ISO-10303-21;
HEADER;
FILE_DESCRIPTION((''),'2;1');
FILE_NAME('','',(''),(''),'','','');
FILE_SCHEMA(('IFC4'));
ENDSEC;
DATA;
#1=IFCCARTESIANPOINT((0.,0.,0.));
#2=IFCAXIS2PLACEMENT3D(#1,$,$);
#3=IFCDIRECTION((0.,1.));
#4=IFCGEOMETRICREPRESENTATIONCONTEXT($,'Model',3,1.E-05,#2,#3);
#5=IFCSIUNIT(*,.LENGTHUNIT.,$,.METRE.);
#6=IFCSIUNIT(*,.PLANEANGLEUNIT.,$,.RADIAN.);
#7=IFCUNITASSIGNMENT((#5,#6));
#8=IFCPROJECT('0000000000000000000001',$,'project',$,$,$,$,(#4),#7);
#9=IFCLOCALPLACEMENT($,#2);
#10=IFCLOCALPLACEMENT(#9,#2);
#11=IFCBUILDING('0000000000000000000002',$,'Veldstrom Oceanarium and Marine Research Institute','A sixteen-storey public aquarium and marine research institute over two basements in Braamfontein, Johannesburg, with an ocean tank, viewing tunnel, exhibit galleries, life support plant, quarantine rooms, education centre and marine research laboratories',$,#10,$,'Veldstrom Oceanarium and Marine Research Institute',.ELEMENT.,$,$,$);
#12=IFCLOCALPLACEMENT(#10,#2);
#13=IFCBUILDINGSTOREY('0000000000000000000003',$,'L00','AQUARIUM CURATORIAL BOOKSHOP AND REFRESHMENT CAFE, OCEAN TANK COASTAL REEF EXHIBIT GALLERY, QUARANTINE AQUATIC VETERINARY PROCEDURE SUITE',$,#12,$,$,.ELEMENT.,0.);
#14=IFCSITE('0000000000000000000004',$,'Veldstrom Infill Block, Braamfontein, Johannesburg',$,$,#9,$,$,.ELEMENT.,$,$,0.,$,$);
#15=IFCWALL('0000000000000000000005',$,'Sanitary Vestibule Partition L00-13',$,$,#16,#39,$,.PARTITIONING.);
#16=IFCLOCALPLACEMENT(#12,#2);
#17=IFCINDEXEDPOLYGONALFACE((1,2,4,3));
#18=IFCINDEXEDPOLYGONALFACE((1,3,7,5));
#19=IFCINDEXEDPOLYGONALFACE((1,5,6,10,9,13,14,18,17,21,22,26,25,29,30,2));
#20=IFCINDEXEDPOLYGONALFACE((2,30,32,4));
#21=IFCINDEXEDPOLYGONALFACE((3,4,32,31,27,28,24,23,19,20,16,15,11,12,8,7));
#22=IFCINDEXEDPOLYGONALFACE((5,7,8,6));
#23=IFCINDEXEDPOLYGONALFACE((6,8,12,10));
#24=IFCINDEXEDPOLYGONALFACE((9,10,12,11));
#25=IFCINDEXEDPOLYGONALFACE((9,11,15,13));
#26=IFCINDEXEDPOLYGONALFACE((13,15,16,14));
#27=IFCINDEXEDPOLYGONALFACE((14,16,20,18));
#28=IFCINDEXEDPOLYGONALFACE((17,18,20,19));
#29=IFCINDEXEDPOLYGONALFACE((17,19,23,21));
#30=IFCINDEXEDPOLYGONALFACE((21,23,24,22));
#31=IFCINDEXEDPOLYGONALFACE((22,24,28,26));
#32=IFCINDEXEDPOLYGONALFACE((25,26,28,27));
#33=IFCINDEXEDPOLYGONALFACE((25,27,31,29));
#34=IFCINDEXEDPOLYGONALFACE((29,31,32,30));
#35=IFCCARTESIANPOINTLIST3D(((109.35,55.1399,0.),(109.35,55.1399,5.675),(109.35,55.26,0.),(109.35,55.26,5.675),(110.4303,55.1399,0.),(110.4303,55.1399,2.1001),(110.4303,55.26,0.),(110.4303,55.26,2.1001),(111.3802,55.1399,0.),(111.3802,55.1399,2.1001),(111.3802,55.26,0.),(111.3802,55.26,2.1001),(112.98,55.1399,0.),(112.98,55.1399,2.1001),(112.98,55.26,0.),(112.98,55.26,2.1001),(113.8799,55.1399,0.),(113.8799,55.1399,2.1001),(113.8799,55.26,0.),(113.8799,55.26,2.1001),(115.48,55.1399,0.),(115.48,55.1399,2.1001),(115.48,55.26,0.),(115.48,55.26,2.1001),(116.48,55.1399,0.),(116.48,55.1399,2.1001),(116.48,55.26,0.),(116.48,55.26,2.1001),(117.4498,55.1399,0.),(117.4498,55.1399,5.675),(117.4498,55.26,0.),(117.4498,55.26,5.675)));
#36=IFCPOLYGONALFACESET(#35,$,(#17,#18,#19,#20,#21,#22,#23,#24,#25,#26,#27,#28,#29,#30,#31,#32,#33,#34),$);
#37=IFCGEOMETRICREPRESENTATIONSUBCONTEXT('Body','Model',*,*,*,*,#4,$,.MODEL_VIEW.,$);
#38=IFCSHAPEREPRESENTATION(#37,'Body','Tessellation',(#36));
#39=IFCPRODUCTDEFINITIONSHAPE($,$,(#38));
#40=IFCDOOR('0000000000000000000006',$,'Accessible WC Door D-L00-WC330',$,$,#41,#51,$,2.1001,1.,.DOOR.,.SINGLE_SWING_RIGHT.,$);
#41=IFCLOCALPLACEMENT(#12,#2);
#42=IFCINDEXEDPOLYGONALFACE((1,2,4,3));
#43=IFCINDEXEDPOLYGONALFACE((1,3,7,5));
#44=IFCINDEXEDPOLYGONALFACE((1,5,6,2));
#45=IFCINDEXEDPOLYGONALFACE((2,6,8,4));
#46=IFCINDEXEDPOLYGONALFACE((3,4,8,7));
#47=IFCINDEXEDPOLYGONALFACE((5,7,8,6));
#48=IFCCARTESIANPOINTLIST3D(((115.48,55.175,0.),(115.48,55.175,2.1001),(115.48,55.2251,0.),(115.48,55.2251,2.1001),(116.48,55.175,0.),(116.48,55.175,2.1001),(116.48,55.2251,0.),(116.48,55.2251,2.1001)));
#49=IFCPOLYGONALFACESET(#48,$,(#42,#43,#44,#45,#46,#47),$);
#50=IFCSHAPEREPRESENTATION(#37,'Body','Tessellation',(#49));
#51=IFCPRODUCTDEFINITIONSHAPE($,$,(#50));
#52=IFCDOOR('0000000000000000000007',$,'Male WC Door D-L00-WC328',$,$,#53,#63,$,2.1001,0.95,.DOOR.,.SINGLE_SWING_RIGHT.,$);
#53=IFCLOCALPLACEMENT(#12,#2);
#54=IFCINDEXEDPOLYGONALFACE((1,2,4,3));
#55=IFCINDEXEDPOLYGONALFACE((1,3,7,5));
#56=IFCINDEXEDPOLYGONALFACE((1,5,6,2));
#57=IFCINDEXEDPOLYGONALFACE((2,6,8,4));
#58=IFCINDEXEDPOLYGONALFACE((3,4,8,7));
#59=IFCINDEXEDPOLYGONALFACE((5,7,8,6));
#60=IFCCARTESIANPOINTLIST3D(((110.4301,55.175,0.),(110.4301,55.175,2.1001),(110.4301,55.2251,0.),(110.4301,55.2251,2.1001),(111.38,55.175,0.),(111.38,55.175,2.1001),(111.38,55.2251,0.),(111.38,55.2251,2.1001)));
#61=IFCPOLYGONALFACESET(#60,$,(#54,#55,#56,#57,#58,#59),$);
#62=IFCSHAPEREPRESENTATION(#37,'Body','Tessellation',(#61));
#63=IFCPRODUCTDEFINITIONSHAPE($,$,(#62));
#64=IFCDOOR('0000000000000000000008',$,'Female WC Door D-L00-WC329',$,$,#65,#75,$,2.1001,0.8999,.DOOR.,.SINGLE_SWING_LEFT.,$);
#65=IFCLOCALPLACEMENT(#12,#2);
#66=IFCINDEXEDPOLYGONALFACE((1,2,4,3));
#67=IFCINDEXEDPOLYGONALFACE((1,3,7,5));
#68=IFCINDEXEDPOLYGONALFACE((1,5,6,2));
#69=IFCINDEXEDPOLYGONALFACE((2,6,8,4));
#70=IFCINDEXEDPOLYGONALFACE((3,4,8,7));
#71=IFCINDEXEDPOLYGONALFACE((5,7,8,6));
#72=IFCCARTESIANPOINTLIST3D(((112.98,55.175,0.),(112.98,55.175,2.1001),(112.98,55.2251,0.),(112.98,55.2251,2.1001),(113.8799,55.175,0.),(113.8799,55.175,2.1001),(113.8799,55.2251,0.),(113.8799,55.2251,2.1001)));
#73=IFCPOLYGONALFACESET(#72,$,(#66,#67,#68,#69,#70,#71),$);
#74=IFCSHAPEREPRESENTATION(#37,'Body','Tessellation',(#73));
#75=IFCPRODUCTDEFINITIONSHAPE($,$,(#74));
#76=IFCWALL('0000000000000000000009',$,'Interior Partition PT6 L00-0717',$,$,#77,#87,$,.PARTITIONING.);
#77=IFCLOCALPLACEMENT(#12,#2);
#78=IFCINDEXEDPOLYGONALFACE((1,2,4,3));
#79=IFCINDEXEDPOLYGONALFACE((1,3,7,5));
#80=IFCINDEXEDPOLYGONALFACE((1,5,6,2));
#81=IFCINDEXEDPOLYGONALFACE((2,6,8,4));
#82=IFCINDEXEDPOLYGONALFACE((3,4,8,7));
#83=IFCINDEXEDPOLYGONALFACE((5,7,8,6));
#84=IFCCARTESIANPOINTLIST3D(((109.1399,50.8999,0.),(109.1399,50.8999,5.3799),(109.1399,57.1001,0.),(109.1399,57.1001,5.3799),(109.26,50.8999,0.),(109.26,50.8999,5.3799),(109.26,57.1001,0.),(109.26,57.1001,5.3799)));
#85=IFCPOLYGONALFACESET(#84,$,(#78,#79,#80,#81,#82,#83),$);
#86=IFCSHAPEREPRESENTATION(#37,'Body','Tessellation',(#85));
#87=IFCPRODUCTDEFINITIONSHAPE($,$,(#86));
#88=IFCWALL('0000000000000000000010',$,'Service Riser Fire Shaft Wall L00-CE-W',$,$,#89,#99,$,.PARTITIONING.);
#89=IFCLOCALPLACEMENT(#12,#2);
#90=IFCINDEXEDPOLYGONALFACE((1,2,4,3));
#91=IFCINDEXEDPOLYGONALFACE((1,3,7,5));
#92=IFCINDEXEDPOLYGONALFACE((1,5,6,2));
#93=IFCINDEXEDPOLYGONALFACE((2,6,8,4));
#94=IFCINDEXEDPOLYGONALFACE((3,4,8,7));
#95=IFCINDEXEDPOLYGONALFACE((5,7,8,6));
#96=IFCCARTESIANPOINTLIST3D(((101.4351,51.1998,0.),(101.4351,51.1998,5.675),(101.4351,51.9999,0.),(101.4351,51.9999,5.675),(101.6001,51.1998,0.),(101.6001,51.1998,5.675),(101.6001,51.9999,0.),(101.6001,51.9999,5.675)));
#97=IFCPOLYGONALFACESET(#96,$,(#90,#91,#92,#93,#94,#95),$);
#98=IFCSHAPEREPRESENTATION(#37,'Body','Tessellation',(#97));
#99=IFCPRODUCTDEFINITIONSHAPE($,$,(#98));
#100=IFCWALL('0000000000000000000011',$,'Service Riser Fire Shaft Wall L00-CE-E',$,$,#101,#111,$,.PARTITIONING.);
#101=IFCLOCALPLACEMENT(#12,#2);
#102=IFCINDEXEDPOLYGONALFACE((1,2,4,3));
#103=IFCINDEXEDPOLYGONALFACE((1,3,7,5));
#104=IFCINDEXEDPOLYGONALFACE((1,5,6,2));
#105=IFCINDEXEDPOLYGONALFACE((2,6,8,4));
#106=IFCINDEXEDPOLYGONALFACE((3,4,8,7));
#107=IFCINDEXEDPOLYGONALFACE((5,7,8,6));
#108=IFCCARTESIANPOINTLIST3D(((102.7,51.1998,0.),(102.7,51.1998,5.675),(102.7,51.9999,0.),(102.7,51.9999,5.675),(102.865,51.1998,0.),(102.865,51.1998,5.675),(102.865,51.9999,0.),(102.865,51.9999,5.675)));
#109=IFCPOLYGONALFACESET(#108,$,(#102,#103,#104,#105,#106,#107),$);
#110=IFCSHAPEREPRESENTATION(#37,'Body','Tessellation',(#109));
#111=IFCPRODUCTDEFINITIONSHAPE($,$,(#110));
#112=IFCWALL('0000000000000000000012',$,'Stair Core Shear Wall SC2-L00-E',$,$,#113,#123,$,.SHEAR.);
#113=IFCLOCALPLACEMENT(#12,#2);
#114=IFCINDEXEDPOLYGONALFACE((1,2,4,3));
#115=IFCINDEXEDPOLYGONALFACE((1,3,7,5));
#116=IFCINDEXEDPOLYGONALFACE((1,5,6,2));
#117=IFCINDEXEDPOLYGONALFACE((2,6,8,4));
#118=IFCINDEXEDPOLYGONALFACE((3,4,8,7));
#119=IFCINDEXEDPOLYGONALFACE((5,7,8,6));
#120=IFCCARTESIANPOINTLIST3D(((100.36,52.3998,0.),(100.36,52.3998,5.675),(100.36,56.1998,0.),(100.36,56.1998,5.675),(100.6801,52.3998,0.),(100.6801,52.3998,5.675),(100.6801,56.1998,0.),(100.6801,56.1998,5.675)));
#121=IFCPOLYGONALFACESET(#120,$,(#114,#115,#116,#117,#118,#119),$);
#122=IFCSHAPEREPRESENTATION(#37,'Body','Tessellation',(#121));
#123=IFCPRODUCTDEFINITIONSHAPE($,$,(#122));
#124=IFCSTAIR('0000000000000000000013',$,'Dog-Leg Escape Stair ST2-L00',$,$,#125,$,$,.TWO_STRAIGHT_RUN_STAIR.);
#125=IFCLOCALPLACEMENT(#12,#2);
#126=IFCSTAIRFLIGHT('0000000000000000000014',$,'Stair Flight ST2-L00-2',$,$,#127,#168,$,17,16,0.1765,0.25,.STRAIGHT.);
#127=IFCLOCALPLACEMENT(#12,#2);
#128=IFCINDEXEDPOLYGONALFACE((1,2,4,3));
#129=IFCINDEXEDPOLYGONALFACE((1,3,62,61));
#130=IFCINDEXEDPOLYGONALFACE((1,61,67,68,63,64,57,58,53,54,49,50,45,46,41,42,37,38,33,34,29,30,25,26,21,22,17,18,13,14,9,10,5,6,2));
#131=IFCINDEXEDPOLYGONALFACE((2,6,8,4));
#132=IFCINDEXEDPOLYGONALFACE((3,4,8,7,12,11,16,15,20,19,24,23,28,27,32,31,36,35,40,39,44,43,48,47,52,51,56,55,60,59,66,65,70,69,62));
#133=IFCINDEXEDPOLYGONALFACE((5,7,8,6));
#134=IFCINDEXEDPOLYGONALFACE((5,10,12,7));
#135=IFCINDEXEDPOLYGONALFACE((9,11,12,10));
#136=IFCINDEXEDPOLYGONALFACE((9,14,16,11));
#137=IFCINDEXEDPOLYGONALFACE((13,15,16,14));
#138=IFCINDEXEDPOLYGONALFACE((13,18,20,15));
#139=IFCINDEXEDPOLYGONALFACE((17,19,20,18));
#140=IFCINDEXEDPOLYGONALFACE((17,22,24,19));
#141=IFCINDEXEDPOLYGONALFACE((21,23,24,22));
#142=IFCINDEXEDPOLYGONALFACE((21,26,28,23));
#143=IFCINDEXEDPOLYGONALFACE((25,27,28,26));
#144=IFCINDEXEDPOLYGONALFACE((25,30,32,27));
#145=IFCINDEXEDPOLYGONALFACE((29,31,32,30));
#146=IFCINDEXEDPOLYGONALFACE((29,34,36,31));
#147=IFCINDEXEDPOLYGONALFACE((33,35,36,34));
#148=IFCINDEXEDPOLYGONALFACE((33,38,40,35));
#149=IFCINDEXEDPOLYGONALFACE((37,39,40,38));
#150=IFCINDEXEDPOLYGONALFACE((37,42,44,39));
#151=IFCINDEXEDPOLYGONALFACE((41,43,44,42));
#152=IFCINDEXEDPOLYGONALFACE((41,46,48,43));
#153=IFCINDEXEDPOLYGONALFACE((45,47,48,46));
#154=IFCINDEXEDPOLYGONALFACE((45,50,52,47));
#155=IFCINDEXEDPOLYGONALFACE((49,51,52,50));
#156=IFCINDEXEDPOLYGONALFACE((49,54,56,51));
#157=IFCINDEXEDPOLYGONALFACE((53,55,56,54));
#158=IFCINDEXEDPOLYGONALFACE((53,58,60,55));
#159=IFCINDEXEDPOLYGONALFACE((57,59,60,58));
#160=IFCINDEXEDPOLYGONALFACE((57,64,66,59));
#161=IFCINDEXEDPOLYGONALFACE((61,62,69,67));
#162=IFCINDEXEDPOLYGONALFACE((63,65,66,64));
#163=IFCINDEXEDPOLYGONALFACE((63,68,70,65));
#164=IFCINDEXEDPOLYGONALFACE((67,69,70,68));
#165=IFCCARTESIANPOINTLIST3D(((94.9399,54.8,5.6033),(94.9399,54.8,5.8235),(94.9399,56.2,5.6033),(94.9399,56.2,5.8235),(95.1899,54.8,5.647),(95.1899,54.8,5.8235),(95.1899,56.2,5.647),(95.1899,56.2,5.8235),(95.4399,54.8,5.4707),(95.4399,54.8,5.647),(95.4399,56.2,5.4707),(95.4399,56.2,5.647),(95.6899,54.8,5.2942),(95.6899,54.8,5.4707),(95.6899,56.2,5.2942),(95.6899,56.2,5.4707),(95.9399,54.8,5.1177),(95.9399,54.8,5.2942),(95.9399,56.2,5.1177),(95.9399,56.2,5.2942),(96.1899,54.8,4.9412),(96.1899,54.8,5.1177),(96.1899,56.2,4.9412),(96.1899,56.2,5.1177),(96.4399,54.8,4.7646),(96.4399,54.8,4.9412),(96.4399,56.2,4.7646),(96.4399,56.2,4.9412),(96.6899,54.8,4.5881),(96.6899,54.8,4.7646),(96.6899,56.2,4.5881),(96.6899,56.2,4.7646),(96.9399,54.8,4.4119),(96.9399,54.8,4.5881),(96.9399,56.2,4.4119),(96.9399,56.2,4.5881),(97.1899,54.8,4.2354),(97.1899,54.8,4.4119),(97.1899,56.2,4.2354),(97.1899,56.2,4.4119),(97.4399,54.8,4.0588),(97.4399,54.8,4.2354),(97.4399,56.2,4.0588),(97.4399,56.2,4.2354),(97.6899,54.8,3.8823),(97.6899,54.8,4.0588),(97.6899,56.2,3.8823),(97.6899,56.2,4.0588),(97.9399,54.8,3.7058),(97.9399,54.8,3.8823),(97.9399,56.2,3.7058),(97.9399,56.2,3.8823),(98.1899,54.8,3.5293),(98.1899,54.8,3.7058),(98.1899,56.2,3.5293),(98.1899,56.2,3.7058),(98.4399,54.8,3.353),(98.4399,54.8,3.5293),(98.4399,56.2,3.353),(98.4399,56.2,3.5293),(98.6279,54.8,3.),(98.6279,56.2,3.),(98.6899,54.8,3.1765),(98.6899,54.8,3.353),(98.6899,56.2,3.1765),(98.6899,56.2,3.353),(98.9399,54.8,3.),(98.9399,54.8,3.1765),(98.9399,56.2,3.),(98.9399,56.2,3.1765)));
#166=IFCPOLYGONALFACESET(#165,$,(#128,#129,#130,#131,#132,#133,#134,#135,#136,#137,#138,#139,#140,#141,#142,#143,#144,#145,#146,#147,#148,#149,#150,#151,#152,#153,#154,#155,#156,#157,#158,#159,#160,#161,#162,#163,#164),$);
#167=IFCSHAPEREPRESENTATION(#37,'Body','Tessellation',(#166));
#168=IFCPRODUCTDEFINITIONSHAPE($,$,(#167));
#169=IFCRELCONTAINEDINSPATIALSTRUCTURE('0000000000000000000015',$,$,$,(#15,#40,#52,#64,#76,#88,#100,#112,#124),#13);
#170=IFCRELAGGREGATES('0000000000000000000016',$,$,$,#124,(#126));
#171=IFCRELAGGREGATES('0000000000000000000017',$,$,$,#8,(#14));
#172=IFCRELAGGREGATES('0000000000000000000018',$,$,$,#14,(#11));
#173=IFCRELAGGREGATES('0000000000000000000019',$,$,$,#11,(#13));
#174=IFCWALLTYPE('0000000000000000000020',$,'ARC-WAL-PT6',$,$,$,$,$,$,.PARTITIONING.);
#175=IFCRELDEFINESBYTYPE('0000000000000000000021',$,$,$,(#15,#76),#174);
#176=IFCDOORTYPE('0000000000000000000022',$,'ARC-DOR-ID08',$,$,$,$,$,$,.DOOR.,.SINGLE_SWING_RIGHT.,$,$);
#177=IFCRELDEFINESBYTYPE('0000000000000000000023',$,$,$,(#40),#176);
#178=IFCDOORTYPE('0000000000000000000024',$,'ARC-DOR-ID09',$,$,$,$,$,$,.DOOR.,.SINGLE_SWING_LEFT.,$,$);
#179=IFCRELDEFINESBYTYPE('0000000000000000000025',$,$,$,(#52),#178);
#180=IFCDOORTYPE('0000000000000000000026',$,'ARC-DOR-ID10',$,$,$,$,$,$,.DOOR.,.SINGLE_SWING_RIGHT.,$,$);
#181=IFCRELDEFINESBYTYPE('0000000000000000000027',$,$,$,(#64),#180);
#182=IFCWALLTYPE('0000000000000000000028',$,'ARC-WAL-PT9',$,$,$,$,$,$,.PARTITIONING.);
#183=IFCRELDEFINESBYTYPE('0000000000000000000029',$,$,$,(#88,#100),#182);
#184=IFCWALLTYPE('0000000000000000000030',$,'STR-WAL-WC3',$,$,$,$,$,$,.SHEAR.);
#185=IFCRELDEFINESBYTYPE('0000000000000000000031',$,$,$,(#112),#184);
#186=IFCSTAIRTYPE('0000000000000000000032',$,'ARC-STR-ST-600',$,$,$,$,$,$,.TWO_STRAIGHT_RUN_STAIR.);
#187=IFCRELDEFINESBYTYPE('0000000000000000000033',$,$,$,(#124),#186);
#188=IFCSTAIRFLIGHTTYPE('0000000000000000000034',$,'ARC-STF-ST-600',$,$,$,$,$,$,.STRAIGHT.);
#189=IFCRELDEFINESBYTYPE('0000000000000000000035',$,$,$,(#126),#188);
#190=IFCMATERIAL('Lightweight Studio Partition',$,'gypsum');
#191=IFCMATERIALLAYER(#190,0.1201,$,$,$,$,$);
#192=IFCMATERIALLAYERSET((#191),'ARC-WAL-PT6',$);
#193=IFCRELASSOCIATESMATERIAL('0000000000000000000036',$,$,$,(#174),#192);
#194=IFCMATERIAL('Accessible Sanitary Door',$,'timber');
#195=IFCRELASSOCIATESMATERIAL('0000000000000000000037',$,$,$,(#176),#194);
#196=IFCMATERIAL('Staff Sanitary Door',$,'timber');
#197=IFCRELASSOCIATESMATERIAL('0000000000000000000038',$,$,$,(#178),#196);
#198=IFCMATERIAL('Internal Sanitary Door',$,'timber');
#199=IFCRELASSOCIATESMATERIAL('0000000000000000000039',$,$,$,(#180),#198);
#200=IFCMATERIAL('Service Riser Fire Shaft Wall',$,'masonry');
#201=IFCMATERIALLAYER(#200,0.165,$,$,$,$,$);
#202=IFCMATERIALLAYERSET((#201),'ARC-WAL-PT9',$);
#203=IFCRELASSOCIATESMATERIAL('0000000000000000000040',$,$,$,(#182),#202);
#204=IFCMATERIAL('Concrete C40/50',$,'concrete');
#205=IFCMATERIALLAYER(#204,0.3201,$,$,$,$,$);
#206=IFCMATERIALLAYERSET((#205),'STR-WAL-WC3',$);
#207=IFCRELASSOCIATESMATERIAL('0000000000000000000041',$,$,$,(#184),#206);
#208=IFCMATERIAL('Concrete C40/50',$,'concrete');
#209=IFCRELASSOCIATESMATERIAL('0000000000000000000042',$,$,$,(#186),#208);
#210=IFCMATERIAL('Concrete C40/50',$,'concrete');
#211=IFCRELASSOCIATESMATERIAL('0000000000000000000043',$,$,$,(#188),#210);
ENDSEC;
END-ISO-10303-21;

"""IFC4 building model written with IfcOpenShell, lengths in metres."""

from ifc_helpers import new_model, si_unit, direction, frame, frame_2d, origin, place, context, subcontext, project, spatial, polyline, rectangle, outline, extrude, material, layer, layer_set, type_object, element, fill, aggregate, save


model = new_model("IFC4")

# Units and contexts
model_context = context("Model", 3, precision=1e-05, world=origin(), true_north=direction((0.0, 1.0)))
body_context = subcontext(model_context, "Body", "Model", "MODEL_VIEW")
ifc_project = project(units=[si_unit("LENGTHUNIT", "METRE"), si_unit("PLANEANGLEUNIT", "RADIAN")], contexts=[model_context])

# Site, building, storey
site_placement = place(None, origin())
site = spatial("IfcSite", under=ifc_project, at=site_placement, Name="Veldstrom Infill Block, Braamfontein, Johannesburg", CompositionType="ELEMENT", RefElevation=0.0)
building_placement = place(site_placement, origin())
building = spatial("IfcBuilding", under=site, at=building_placement, Name="Veldstrom Oceanarium and Marine Research Institute", Description="A sixteen-storey public aquarium and marine research institute over two basements in Braamfontein, Johannesburg, with an ocean tank, viewing tunnel, exhibit galleries, life support plant, quarantine rooms, education centre and marine research laboratories", LongName="Veldstrom Oceanarium and Marine Research Institute", CompositionType="ELEMENT")
storey_placement = place(building_placement, origin())
storey = spatial("IfcBuildingStorey", under=building, at=storey_placement, Name="L00", Description="AQUARIUM CURATORIAL BOOKSHOP AND REFRESHMENT CAFE, OCEAN TANK COASTAL REEF EXHIBIT GALLERY, QUARANTINE AQUATIC VETERINARY PROCEDURE SUITE", CompositionType="ELEMENT", Elevation=0.0)

# Wall, openings, doors
ifc_material_1 = material(Name="Lightweight Studio Partition", Category="gypsum")
ifc_layer_1 = layer(ifc_material_1, 0.1201)
ifc_layer_set_1 = layer_set([ifc_layer_1], Name="ARC-WAL-PT6")
wall_type_1 = type_object("IfcWallType", Name="ARC-WAL-PT6", PredefinedType="PARTITIONING", material=ifc_layer_set_1)
wall_1_placement = place(storey_placement, frame((109.3501, 55.2, 0.0), z_axis=(0.0, 0.0, 1.0), x_axis=(1.0, 0.0, 0.0)))
wall_1 = element("IfcWall", 1, at=wall_1_placement, inside=storey, type_object=wall_type_1, Name="Sanitary Vestibule Partition L00-13", PredefinedType="PARTITIONING", context=body_context, shape_type="SweptSolid", body=[
    extrude(rectangle(XDim=8.0999, YDim=0.1201, at=frame_2d((4.0498, 0.0))), origin(), (0.0, 0.0, 1.0), 5.675),
])
opening_1_placement = place(wall_1_placement, frame((1.0801, 0.0, 0.0)))
opening_1 = element("IfcOpeningElement", 2, at=opening_1_placement, cuts=wall_1, PredefinedType="OPENING", context=body_context, shape_type="SweptSolid", body=[
    extrude(rectangle(XDim=0.95, YDim=2.1001, at=frame_2d((0.4751, 1.05))), frame((0.0, 0.0701, 0.0), z_axis=(0.0, -1.0, 0.0), x_axis=(1.0, 0.0, 0.0)), (0.0, 0.0, 1.0), 0.1401),
])
opening_2_placement = place(wall_1_placement, frame((3.6299, 0.0, 0.0)))
opening_2 = element("IfcOpeningElement", 3, at=opening_2_placement, cuts=wall_1, PredefinedType="OPENING", context=body_context, shape_type="SweptSolid", body=[
    extrude(rectangle(XDim=0.8999, YDim=2.1001, at=frame_2d((0.45, 1.05))), frame((0.0, 0.0701, 0.0), z_axis=(0.0, -1.0, 0.0), x_axis=(1.0, 0.0, 0.0)), (0.0, 0.0, 1.0), 0.1401),
])
opening_3_placement = place(wall_1_placement, frame((6.1299, 0.0, 0.0)))
opening_3 = element("IfcOpeningElement", 4, at=opening_3_placement, cuts=wall_1, PredefinedType="OPENING", context=body_context, shape_type="SweptSolid", body=[
    extrude(rectangle(XDim=1.0, YDim=2.1001, at=frame_2d((0.5, 1.05))), frame((0.0, 0.0701, 0.0), z_axis=(0.0, -1.0, 0.0), x_axis=(1.0, 0.0, 0.0)), (0.0, 0.0, 1.0), 0.1401),
])
ifc_material_2 = material(Name="Accessible Sanitary Door", Category="timber")
door_type_1 = type_object("IfcDoorType", Name="ARC-DOR-ID08", OperationType="SINGLE_SWING_RIGHT", PredefinedType="DOOR", material=ifc_material_2)
door_1_placement = place(opening_3_placement, frame((1.0, 0.0, 0.0), z_axis=(0.0, 0.0, 1.0), x_axis=(-1.0, 0.0, 0.0)))
door_1 = element("IfcDoor", 5, at=door_1_placement, inside=storey, type_object=door_type_1, Name="Accessible WC Door D-L00-WC330", OperationType="SINGLE_SWING_RIGHT", OverallHeight=2.1001, OverallWidth=1.0, PredefinedType="DOOR", context=body_context, shape_type="SweptSolid", body=[
    extrude(rectangle(XDim=1.0, YDim=2.1001, at=frame_2d((0.5, 1.05))), frame((0.0, 0.0249, 0.0), z_axis=(0.0, -1.0, 0.0), x_axis=(1.0, 0.0, 0.0)), (0.0, 0.0, 1.0), 0.05),
])
fill(opening_3, door_1)
ifc_material_3 = material(Name="Staff Sanitary Door", Category="timber")
door_type_2 = type_object("IfcDoorType", Name="ARC-DOR-ID09", OperationType="SINGLE_SWING_LEFT", PredefinedType="DOOR", material=ifc_material_3)
door_2_placement = place(opening_1_placement, frame((0.95, 0.0, 0.0), z_axis=(0.0, 0.0, 1.0), x_axis=(-1.0, 0.0, 0.0)))
door_2 = element("IfcDoor", 6, at=door_2_placement, inside=storey, type_object=door_type_2, Name="Male WC Door D-L00-WC328", OperationType="SINGLE_SWING_RIGHT", OverallHeight=2.1001, OverallWidth=0.95, PredefinedType="DOOR", context=body_context, shape_type="SweptSolid", body=[
    extrude(rectangle(XDim=0.95, YDim=2.1001, at=frame_2d((0.4751, 1.05))), frame((0.0, 0.0249, 0.0), z_axis=(0.0, -1.0, 0.0), x_axis=(1.0, 0.0, 0.0)), (0.0, 0.0, 1.0), 0.05),
])
fill(opening_1, door_2)
ifc_material_4 = material(Name="Internal Sanitary Door", Category="timber")
door_type_3 = type_object("IfcDoorType", Name="ARC-DOR-ID10", OperationType="SINGLE_SWING_RIGHT", PredefinedType="DOOR", material=ifc_material_4)
door_3_placement = place(opening_2_placement, frame((0.8999, 0.0, 0.0), z_axis=(0.0, 0.0, 1.0), x_axis=(-1.0, 0.0, 0.0)))
door_3 = element("IfcDoor", 7, at=door_3_placement, inside=storey, type_object=door_type_3, Name="Female WC Door D-L00-WC329", OperationType="SINGLE_SWING_LEFT", OverallHeight=2.1001, OverallWidth=0.8999, PredefinedType="DOOR", context=body_context, shape_type="SweptSolid", body=[
    extrude(rectangle(XDim=0.8999, YDim=2.1001, at=frame_2d((0.45, 1.05))), frame((0.0, 0.0249, 0.0), z_axis=(0.0, -1.0, 0.0), x_axis=(1.0, 0.0, 0.0)), (0.0, 0.0, 1.0), 0.05),
])
fill(opening_2, door_3)

# Walls
wall_2_placement = place(storey_placement, frame((109.2, 50.8999, 0.0), z_axis=(0.0, 0.0, 1.0), x_axis=(0.0, 1.0, 0.0)))
element("IfcWall", 8, at=wall_2_placement, inside=storey, type_object=wall_type_1, Name="Interior Partition PT6 L00-0717", PredefinedType="PARTITIONING", context=body_context, shape_type="SweptSolid", body=[
    extrude(rectangle(XDim=6.2002, YDim=0.1201, at=frame_2d((3.1001, 0.0))), origin(), (0.0, 0.0, 1.0), 5.3799),
])
ifc_material_5 = material(Name="Service Riser Fire Shaft Wall", Category="masonry")
ifc_layer_2 = layer(ifc_material_5, 0.165)
ifc_layer_set_2 = layer_set([ifc_layer_2], Name="ARC-WAL-PT9")
wall_type_2 = type_object("IfcWallType", Name="ARC-WAL-PT9", PredefinedType="PARTITIONING", material=ifc_layer_set_2)
for number, where, z_axis, x_axis, name in (
    (9, (101.5176, 51.2, 0.0), (0.0, 0.0, 1.0), (0.0, 1.0, 0.0), "Service Riser Fire Shaft Wall L00-CE-W"),
    (10, (102.7825, 51.2, 0.0), (0.0, 0.0, 1.0), (0.0, 1.0, 0.0), "Service Riser Fire Shaft Wall L00-CE-E"),
):
    element("IfcWall", number, at=place(storey_placement, frame(where, z_axis=z_axis, x_axis=x_axis)), inside=storey, type_object=wall_type_2, Name=name, PredefinedType="PARTITIONING", context=body_context, shape_type="SweptSolid", body=[
        extrude(rectangle(XDim=0.8, YDim=0.165, at=frame_2d((0.3999, 0.0))), origin(), (0.0, 0.0, 1.0), 5.675),
    ])
ifc_material_6 = material(Name="Concrete C40/50", Category="concrete")
ifc_layer_3 = layer(ifc_material_6, 0.3201)
ifc_layer_set_3 = layer_set([ifc_layer_3], Name="STR-WAL-WC3")
wall_type_3 = type_object("IfcWallType", Name="STR-WAL-WC3", PredefinedType="SHEAR", material=ifc_layer_set_3)
wall_3_placement = place(storey_placement, frame((100.52, 52.3999, 0.0), z_axis=(0.0, 0.0, 1.0), x_axis=(0.0, 1.0, 0.0)))
element("IfcWall", 11, at=wall_3_placement, inside=storey, type_object=wall_type_3, Name="Stair Core Shear Wall SC2-L00-E", PredefinedType="SHEAR", context=body_context, shape_type="SweptSolid", body=[
    extrude(rectangle(XDim=3.8, YDim=0.3201, at=frame_2d((1.8999, 0.0))), origin(), (0.0, 0.0, 1.0), 5.675),
])

# Stair, stair flight
ifc_material_7 = material(Name="Concrete C40/50", Category="concrete")
stair_type = type_object("IfcStairType", Name="ARC-STR-ST-600", PredefinedType="TWO_STRAIGHT_RUN_STAIR", material=ifc_material_7)
stair_placement = place(storey_placement, origin())
stair = element("IfcStair", 12, at=stair_placement, inside=storey, type_object=stair_type, Name="Dog-Leg Escape Stair ST2-L00", PredefinedType="TWO_STRAIGHT_RUN_STAIR")
ifc_material_8 = material(Name="Concrete C40/50", Category="concrete")
stair_flight_type = type_object("IfcStairFlightType", Name="ARC-STF-ST-600", PredefinedType="STRAIGHT", material=ifc_material_8)
stair_flight_placement = place(storey_placement, frame((98.9399, 55.5, 3.0), z_axis=(0.0, 0.0, 1.0), x_axis=(-1.0, 0.0, 0.0)))
stair_flight = element("IfcStairFlight", 13, at=stair_flight_placement, type_object=stair_flight_type, Name="Stair Flight ST2-L00-2", NumberOfRisers=17, NumberOfTreads=16, PredefinedType="STRAIGHT", RiserHeight=0.1765, TreadLength=0.25, context=body_context, shape_type="SweptSolid", body=[
    extrude(outline(polyline([(0.0, 0.0), (0.0, 0.1765), (0.25, 0.1765), (0.25, 0.353), (0.5, 0.353), (0.5, 0.5293), (0.75, 0.5293), (0.75, 0.7058), (1.0, 0.7058), (1.0, 0.8823), (1.25, 0.8823), (1.25, 1.0588), (1.5, 1.0588), (1.5, 1.2354), (1.75, 1.2354), (1.75, 1.4119), (2.0, 1.4119), (2.0, 1.5881), (2.25, 1.5881), (2.25, 1.7646), (2.5, 1.7646), (2.5, 1.9412), (2.75, 1.9412), (2.75, 2.1177), (3.0, 2.1177), (3.0, 2.2942), (3.25, 2.2942), (3.25, 2.4707), (3.5, 2.4707), (3.5, 2.647), (3.75, 2.647), (3.75, 2.8235), (4.0, 2.8235), (4.0, 3.0), (4.0, 2.6033), (0.312, 0.0), (0.0, 0.0)])), frame((0.0, 0.7, 0.0), z_axis=(0.0, -1.0, 0.0), x_axis=(1.0, 0.0, 0.0)), (0.0, 0.0, 1.0), 1.3999),
])
aggregate(stair, [stair_flight])

save(model, "model.ifc")
